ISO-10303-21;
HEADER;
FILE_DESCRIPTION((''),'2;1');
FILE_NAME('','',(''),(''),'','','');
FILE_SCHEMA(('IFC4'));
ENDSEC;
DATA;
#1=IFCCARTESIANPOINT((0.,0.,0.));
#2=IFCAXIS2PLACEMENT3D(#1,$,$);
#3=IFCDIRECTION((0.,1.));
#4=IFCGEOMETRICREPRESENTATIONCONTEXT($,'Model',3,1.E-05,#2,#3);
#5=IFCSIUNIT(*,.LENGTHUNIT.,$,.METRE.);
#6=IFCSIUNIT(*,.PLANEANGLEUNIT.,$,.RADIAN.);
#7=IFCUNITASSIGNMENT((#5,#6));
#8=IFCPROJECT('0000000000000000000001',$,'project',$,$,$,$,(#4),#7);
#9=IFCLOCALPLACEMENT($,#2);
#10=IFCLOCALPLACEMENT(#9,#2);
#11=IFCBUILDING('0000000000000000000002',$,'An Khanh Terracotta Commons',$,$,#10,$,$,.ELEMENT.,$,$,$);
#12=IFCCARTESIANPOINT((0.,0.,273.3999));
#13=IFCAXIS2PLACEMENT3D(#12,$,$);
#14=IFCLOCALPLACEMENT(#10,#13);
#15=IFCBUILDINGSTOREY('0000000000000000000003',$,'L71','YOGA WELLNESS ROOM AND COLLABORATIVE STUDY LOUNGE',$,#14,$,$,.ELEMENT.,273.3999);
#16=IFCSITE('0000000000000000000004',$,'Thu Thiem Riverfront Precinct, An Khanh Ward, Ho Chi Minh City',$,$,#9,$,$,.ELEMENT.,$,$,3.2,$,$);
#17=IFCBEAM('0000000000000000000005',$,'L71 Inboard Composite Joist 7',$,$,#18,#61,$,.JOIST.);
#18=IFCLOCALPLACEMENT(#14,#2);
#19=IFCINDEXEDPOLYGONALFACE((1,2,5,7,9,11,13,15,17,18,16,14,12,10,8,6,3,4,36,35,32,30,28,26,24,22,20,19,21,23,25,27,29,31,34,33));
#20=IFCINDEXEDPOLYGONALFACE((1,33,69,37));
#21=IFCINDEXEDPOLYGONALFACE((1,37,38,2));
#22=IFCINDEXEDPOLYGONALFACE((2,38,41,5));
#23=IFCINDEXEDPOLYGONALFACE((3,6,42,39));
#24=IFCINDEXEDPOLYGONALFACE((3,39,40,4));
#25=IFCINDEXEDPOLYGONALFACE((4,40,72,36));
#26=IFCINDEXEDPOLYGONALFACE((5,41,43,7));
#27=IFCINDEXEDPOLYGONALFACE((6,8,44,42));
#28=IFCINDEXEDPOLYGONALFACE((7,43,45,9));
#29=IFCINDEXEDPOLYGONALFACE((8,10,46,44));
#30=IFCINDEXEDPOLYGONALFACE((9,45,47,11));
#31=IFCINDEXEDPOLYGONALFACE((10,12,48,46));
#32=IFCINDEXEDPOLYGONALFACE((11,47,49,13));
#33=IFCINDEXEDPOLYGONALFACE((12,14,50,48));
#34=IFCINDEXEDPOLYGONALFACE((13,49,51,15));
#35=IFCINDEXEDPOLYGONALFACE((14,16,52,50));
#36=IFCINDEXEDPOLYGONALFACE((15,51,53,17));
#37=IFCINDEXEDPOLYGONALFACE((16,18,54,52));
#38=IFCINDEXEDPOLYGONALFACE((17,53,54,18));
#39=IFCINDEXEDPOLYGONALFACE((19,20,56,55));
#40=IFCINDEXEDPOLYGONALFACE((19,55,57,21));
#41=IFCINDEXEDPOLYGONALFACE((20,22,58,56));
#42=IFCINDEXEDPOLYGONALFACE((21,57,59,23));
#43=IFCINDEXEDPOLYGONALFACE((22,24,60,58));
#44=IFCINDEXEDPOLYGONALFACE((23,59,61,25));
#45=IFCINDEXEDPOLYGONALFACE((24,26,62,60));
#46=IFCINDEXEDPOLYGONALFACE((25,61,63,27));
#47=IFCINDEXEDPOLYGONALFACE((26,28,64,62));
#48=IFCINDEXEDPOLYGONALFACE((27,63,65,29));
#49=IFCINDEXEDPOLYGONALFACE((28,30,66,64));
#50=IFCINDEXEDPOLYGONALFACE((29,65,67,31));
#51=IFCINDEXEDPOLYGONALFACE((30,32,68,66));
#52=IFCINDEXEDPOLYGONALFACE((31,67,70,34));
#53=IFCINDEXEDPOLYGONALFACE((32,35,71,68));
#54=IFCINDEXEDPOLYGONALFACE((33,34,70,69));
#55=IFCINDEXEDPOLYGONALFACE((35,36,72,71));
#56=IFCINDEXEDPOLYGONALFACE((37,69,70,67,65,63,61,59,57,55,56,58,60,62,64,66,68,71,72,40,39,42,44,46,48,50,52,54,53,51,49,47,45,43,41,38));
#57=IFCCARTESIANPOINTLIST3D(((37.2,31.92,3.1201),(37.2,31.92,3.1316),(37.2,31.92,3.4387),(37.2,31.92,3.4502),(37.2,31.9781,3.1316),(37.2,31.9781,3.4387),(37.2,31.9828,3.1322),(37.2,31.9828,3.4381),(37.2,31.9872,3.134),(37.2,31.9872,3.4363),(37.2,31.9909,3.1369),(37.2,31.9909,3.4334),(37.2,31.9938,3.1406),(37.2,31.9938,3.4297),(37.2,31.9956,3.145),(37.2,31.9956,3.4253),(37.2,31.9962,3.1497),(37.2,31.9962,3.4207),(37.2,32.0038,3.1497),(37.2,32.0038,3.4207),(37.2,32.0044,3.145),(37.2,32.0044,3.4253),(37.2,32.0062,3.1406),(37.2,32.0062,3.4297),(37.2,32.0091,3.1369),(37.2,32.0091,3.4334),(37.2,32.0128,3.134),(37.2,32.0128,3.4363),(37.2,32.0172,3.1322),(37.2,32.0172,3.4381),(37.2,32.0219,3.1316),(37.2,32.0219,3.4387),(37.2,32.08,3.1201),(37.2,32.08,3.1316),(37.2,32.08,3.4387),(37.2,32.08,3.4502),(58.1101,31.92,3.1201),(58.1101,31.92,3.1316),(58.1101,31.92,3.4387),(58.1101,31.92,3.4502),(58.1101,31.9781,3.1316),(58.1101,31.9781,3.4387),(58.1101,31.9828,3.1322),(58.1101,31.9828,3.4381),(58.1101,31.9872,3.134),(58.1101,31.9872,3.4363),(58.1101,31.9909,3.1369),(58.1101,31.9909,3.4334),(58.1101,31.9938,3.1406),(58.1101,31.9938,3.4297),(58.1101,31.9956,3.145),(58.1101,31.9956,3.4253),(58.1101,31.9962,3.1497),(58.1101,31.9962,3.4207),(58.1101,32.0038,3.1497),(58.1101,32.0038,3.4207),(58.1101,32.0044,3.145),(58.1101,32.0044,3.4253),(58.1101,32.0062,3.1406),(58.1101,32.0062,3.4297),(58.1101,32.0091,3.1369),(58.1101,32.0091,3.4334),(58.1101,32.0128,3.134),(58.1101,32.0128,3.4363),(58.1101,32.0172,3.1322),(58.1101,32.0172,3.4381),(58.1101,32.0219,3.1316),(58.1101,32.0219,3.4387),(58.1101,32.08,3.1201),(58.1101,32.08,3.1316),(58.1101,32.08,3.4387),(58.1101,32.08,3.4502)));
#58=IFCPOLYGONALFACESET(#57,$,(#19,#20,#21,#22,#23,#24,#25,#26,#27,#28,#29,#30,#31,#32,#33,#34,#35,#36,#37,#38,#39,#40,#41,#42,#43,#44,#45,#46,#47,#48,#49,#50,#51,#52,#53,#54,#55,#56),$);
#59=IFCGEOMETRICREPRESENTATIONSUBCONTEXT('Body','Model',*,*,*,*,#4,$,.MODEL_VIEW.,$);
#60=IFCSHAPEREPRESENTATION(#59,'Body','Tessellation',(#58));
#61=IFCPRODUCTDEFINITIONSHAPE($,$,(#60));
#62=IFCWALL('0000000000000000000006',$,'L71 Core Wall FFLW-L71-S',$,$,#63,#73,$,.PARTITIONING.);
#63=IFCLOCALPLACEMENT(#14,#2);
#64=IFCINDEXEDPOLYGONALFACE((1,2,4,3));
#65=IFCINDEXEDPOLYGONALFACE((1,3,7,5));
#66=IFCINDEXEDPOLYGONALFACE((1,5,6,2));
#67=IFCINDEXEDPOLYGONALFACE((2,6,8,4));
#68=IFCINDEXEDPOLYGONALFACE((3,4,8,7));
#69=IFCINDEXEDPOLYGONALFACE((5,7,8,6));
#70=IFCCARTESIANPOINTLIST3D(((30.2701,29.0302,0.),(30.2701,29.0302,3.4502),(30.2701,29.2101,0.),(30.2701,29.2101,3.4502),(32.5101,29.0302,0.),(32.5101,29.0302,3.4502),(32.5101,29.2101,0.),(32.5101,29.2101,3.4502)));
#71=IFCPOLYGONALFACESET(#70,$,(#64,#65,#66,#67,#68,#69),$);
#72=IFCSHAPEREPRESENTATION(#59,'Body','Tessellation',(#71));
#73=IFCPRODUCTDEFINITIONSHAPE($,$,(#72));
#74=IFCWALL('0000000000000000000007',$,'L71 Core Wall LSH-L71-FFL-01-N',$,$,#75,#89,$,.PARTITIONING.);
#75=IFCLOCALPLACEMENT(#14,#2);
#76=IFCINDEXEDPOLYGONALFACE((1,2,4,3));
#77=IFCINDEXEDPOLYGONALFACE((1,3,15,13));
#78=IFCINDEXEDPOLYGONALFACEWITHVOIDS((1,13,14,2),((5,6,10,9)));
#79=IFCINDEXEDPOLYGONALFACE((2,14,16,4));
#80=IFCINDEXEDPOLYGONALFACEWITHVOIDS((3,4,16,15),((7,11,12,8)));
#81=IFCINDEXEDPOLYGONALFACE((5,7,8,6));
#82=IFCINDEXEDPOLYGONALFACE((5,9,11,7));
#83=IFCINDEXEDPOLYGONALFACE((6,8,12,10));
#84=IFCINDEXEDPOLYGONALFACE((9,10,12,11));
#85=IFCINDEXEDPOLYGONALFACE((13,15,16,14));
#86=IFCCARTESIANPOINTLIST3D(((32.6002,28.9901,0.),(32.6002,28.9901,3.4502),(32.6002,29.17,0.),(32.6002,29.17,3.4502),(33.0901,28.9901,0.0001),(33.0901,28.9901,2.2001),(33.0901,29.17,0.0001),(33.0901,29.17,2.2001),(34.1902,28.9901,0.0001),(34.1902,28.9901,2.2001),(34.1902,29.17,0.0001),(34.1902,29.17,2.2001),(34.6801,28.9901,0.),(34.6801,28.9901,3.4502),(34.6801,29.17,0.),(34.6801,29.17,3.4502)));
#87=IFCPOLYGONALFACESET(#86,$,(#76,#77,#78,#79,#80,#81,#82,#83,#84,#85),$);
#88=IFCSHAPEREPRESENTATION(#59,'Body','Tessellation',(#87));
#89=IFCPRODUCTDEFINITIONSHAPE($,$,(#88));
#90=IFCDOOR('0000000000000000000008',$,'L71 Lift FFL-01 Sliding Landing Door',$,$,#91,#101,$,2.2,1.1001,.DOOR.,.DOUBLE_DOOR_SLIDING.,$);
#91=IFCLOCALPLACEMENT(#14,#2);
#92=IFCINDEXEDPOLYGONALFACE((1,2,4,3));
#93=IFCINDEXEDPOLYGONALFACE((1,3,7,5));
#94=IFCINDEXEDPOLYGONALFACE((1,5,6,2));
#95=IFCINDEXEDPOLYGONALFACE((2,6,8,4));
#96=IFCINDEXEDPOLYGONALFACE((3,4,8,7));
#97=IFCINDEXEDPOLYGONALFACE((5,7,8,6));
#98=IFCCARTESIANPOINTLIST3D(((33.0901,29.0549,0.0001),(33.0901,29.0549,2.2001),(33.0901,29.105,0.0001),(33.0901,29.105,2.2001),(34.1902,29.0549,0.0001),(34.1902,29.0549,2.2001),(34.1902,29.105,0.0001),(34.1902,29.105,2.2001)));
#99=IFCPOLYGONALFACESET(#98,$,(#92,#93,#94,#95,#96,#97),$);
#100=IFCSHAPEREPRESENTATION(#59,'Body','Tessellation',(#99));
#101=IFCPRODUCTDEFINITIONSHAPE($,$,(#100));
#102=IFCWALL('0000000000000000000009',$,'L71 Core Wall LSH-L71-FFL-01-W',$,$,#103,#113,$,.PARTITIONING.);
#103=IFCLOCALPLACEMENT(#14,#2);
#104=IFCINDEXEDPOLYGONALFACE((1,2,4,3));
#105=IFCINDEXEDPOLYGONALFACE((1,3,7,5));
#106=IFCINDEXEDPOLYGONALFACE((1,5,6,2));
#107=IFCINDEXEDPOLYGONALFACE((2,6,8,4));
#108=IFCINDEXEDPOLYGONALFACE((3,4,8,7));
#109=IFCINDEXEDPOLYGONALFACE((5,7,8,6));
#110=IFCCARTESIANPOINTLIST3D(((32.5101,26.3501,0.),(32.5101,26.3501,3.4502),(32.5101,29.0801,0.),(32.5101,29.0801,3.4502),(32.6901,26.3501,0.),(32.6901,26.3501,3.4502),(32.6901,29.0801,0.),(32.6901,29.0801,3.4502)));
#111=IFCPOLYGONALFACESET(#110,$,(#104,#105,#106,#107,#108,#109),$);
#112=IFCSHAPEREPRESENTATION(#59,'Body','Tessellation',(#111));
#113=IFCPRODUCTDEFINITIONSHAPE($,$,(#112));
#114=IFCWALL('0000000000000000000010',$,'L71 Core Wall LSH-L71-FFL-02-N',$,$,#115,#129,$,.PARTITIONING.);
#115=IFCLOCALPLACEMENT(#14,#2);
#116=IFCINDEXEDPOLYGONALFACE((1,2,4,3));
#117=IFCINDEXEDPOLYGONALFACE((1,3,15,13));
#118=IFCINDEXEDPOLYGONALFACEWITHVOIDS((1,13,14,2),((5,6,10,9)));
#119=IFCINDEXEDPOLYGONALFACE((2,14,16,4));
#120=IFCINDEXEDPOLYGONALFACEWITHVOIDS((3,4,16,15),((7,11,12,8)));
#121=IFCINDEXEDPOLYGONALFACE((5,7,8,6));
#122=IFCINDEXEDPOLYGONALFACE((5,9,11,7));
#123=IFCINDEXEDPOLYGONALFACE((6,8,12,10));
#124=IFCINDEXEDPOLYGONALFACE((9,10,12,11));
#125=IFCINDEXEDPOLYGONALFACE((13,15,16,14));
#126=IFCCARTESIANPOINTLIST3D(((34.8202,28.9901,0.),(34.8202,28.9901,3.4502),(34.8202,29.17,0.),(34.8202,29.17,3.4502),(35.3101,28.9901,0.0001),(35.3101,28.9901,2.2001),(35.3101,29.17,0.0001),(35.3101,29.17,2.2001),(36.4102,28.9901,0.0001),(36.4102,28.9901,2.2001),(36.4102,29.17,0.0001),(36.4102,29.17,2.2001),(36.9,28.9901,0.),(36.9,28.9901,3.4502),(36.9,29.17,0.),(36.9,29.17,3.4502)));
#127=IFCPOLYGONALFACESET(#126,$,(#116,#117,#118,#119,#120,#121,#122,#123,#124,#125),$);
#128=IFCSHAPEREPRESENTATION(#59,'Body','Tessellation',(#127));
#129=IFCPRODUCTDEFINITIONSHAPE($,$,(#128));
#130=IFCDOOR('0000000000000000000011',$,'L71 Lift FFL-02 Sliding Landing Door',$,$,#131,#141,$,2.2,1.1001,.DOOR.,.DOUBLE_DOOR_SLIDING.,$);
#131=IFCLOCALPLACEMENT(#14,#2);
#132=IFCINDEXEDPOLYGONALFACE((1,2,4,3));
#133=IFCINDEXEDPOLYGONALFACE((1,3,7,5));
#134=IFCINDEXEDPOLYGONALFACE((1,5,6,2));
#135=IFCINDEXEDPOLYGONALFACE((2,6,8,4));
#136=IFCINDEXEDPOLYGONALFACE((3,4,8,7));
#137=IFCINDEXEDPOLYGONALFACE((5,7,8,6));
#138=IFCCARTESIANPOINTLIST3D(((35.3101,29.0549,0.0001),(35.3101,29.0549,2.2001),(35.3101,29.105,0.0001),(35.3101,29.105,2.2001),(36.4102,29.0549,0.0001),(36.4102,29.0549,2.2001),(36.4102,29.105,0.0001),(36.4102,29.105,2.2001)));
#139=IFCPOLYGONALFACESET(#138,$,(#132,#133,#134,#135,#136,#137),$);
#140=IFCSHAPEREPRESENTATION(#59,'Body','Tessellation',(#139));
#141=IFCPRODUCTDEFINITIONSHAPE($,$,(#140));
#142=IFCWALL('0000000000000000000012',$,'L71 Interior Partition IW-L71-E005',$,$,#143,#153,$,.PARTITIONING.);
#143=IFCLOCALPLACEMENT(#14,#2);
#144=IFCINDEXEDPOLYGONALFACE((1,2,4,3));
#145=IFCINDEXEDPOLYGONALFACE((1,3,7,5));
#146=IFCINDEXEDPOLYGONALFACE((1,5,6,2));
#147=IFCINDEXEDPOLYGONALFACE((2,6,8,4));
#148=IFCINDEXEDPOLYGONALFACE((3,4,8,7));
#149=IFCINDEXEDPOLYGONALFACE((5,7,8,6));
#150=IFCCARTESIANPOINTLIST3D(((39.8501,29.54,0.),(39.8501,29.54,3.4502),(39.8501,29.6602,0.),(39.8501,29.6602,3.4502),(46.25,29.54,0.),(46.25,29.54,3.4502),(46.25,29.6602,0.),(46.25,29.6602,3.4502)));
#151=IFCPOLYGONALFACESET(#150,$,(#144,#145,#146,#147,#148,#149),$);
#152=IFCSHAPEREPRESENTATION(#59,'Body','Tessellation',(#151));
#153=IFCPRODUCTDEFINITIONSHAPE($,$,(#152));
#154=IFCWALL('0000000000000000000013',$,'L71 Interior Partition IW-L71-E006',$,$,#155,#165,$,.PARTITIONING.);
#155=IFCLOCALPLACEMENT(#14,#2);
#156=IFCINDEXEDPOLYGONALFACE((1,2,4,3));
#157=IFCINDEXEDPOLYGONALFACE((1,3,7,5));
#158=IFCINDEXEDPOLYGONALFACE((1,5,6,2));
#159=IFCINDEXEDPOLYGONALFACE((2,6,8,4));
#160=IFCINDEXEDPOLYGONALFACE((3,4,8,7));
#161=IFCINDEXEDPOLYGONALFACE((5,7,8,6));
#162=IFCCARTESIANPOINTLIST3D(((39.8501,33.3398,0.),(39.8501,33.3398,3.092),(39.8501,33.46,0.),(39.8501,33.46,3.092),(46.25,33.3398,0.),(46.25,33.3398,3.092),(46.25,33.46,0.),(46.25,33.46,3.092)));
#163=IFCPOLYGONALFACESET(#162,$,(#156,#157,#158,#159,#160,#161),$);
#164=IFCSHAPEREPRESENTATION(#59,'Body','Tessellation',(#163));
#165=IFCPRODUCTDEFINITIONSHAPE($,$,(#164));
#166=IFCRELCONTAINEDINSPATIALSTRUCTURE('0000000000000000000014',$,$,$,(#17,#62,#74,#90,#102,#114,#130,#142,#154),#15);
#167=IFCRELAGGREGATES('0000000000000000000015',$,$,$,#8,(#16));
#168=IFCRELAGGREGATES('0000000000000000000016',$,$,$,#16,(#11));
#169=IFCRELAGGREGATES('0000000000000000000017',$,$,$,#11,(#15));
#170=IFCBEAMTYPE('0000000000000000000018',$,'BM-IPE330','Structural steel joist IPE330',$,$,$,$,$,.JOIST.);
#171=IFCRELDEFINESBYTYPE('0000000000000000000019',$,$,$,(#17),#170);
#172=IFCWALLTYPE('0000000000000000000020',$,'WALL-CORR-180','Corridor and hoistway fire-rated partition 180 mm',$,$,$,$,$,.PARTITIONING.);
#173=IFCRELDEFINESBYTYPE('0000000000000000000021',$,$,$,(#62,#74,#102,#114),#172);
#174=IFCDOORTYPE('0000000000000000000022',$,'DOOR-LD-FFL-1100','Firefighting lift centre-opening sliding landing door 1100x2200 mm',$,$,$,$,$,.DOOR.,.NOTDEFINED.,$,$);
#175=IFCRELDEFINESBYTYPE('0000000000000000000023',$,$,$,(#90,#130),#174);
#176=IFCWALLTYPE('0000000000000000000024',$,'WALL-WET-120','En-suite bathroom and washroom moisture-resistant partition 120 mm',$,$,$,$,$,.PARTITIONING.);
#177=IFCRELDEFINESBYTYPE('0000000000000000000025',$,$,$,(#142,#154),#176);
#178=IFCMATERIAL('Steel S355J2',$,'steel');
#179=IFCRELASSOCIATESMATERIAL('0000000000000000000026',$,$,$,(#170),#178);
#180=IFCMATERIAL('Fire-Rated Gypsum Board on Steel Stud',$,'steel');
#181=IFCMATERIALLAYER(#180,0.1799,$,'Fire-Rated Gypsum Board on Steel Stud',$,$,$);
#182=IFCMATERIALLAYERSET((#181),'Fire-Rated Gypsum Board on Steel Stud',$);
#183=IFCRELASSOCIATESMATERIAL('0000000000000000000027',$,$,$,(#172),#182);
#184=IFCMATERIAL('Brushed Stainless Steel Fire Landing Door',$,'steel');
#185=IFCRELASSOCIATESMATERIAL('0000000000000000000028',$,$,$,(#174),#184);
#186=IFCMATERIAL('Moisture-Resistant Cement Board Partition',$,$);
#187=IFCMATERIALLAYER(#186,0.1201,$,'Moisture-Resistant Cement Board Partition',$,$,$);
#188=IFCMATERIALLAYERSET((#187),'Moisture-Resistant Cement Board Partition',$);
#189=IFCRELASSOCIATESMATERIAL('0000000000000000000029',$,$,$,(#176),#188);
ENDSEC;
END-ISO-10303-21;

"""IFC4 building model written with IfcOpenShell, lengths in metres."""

from ifc_helpers import new_model, si_unit, direction, frame, frame_2d, origin, origin_2d, place, context, subcontext, project, spatial, rectangle, i_section, extrude, material, layer, layer_set, material_profile, profile_set, type_object, element, fill, save


model = new_model("IFC4")

# Units and contexts
model_context = context("Model", 3, precision=1e-05, world=origin(), true_north=direction((0.0, 1.0)))
body_context = subcontext(model_context, "Body", "Model", "MODEL_VIEW")
ifc_project = project(units=[si_unit("LENGTHUNIT", "METRE"), si_unit("PLANEANGLEUNIT", "RADIAN")], contexts=[model_context])

# Site, building, storey
site_placement = place(None, origin())
site = spatial("IfcSite", under=ifc_project, at=site_placement, Name="Thu Thiem Riverfront Precinct, An Khanh Ward, Ho Chi Minh City", CompositionType="ELEMENT", RefElevation=3.2)
building_placement = place(site_placement, origin())
building = spatial("IfcBuilding", under=site, at=building_placement, Name="An Khanh Terracotta Commons", CompositionType="ELEMENT")
storey_placement = place(building_placement, frame((0.0, 0.0, 273.3999)))
storey = spatial("IfcBuildingStorey", under=building, at=storey_placement, Name="L71", Description="YOGA WELLNESS ROOM AND COLLABORATIVE STUDY LOUNGE", CompositionType="ELEMENT", Elevation=273.3999)

# Beam
ifc_material_1 = material(Name="Steel S355J2", Category="steel")
ifc_material_profile_1 = material_profile(ifc_material_1, i_section(OverallWidth=0.1599, OverallDepth=0.3301, WebThickness=0.0076, FlangeThickness=0.0115, FilletRadius=0.0181, at=origin_2d()), Name="IPE330")
ifc_profile_set_1 = profile_set([ifc_material_profile_1], Name="Steel S355J2")
beam_type_1 = type_object("IfcBeamType", Name="BM-IPE330", Description="Structural steel joist IPE330", PredefinedType="JOIST", material=ifc_profile_set_1)
for number, where, z_axis, x_axis, name in (
    (1, (37.2, 32.0, 3.2852), (1.0, 0.0, 0.0), (0.0, 1.0, 0.0), "L71 Inboard Composite Joist 7"),
):
    element("IfcBeam", number, at=place(storey_placement, frame(where, z_axis=z_axis, x_axis=x_axis)), inside=storey, type_object=beam_type_1, Name=name, PredefinedType="JOIST", context=body_context, shape_type="SweptSolid", body=[
        extrude(i_section(OverallWidth=0.1599, OverallDepth=0.3301, WebThickness=0.0076, FlangeThickness=0.0115, FilletRadius=0.0181, at=origin_2d()), origin(), (0.0, 0.0, 1.0), 20.9102),
    ])

# Wall
ifc_material_2 = material(Name="Fire-Rated Gypsum Board on Steel Stud", Category="steel")
ifc_layer_1 = layer(ifc_material_2, 0.1799, Name="Fire-Rated Gypsum Board on Steel Stud")
ifc_layer_set_1 = layer_set([ifc_layer_1], Name="Fire-Rated Gypsum Board on Steel Stud")
wall_type_1 = type_object("IfcWallType", Name="WALL-CORR-180", Description="Corridor and hoistway fire-rated partition 180 mm", PredefinedType="PARTITIONING", material=ifc_layer_set_1)
wall_1_placement = place(storey_placement, frame((30.27, 29.1201, 0.0), z_axis=(0.0, 0.0, 1.0), x_axis=(1.0, 0.0, 0.0)))
element("IfcWall", 2, at=wall_1_placement, inside=storey, type_object=wall_type_1, Name="L71 Core Wall FFLW-L71-S", PredefinedType="PARTITIONING", context=body_context, shape_type="SweptSolid", body=[
    extrude(rectangle(XDim=2.24, YDim=0.1799, at=frame_2d((1.1201, 0.0))), origin(), (0.0, 0.0, 1.0), 3.4502),
])

# Wall, opening, door
wall_2_placement = place(storey_placement, frame((32.6001, 29.0801, 0.0), z_axis=(0.0, 0.0, 1.0), x_axis=(1.0, 0.0, 0.0)))
wall_2 = element("IfcWall", 3, at=wall_2_placement, inside=storey, type_object=wall_type_1, Name="L71 Core Wall LSH-L71-FFL-01-N", PredefinedType="PARTITIONING", context=body_context, shape_type="SweptSolid", body=[
    extrude(rectangle(XDim=2.0798, YDim=0.1799, at=frame_2d((1.04, 0.0))), origin(), (0.0, 0.0, 1.0), 3.4502),
])
opening_1_placement = place(wall_2_placement, frame((0.49, 0.0, 0.0)))
opening_1 = element("IfcOpeningElement", 4, at=opening_1_placement, cuts=wall_2, PredefinedType="OPENING", context=body_context, shape_type="SweptSolid", body=[
    extrude(rectangle(XDim=1.1001, YDim=2.2, at=frame_2d((0.55, 1.1001))), frame((0.0, 0.0999, 0.0), z_axis=(0.0, -1.0, 0.0), x_axis=(1.0, 0.0, 0.0)), (0.0, 0.0, 1.0), 0.2),
])
ifc_material_3 = material(Name="Brushed Stainless Steel Fire Landing Door", Category="steel")
door_type_1 = type_object("IfcDoorType", Name="DOOR-LD-FFL-1100", Description="Firefighting lift centre-opening sliding landing door 1100x2200 mm", OperationType="NOTDEFINED", PredefinedType="DOOR", material=ifc_material_3)
door_1_placement = place(opening_1_placement, origin())
door_1 = element("IfcDoor", 5, at=door_1_placement, inside=storey, type_object=door_type_1, Name="L71 Lift FFL-01 Sliding Landing Door", OperationType="DOUBLE_DOOR_SLIDING", OverallHeight=2.2, OverallWidth=1.1001, PredefinedType="DOOR", context=body_context, shape_type="SweptSolid", body=[
    extrude(rectangle(XDim=1.1001, YDim=2.2, at=frame_2d((0.55, 1.1001))), frame((0.0, 0.0249, 0.0), z_axis=(0.0, -1.0, 0.0), x_axis=(1.0, 0.0, 0.0)), (0.0, 0.0, 1.0), 0.05),
])
fill(opening_1, door_1)

# Wall
wall_3_placement = place(storey_placement, frame((32.6001, 29.0801, 0.0), z_axis=(0.0, 0.0, 1.0), x_axis=(0.0, -1.0, 0.0)))
element("IfcWall", 6, at=wall_3_placement, inside=storey, type_object=wall_type_1, Name="L71 Core Wall LSH-L71-FFL-01-W", PredefinedType="PARTITIONING", context=body_context, shape_type="SweptSolid", body=[
    extrude(rectangle(XDim=2.73, YDim=0.1799, at=frame_2d((1.365, 0.0))), origin(), (0.0, 0.0, 1.0), 3.4502),
])

# Wall, opening, door
wall_4_placement = place(storey_placement, frame((34.8201, 29.0801, 0.0), z_axis=(0.0, 0.0, 1.0), x_axis=(1.0, 0.0, 0.0)))
wall_4 = element("IfcWall", 7, at=wall_4_placement, inside=storey, type_object=wall_type_1, Name="L71 Core Wall LSH-L71-FFL-02-N", PredefinedType="PARTITIONING", context=body_context, shape_type="SweptSolid", body=[
    extrude(rectangle(XDim=2.0798, YDim=0.1799, at=frame_2d((1.04, 0.0))), origin(), (0.0, 0.0, 1.0), 3.4502),
])
opening_2_placement = place(wall_4_placement, frame((0.49, 0.0, 0.0)))
opening_2 = element("IfcOpeningElement", 8, at=opening_2_placement, cuts=wall_4, PredefinedType="OPENING", context=body_context, shape_type="SweptSolid", body=[
    extrude(rectangle(XDim=1.1001, YDim=2.2, at=frame_2d((0.55, 1.1001))), frame((0.0, 0.0999, 0.0), z_axis=(0.0, -1.0, 0.0), x_axis=(1.0, 0.0, 0.0)), (0.0, 0.0, 1.0), 0.2),
])
door_2_placement = place(opening_2_placement, origin())
door_2 = element("IfcDoor", 9, at=door_2_placement, inside=storey, type_object=door_type_1, Name="L71 Lift FFL-02 Sliding Landing Door", OperationType="DOUBLE_DOOR_SLIDING", OverallHeight=2.2, OverallWidth=1.1001, PredefinedType="DOOR", context=body_context, shape_type="SweptSolid", body=[
    extrude(rectangle(XDim=1.1001, YDim=2.2, at=frame_2d((0.55, 1.1001))), frame((0.0, 0.0249, 0.0), z_axis=(0.0, -1.0, 0.0), x_axis=(1.0, 0.0, 0.0)), (0.0, 0.0, 1.0), 0.05),
])
fill(opening_2, door_2)

# Walls
ifc_material_4 = material(Name="Moisture-Resistant Cement Board Partition")
ifc_layer_2 = layer(ifc_material_4, 0.1201, Name="Moisture-Resistant Cement Board Partition")
ifc_layer_set_2 = layer_set([ifc_layer_2], Name="Moisture-Resistant Cement Board Partition")
wall_type_2 = type_object("IfcWallType", Name="WALL-WET-120", Description="En-suite bathroom and washroom moisture-resistant partition 120 mm", PredefinedType="PARTITIONING", material=ifc_layer_set_2)
wall_5_placement = place(storey_placement, frame((39.8501, 29.6001, 0.0), z_axis=(0.0, 0.0, 1.0), x_axis=(1.0, 0.0, 0.0)))
element("IfcWall", 10, at=wall_5_placement, inside=storey, type_object=wall_type_2, Name="L71 Interior Partition IW-L71-E005", PredefinedType="PARTITIONING", context=body_context, shape_type="SweptSolid", body=[
    extrude(rectangle(XDim=6.3999, YDim=0.1201, at=frame_2d((3.2, 0.0))), origin(), (0.0, 0.0, 1.0), 3.4502),
])
wall_6_placement = place(storey_placement, frame((39.8501, 33.3999, 0.0), z_axis=(0.0, 0.0, 1.0), x_axis=(1.0, 0.0, 0.0)))
element("IfcWall", 11, at=wall_6_placement, inside=storey, type_object=wall_type_2, Name="L71 Interior Partition IW-L71-E006", PredefinedType="PARTITIONING", context=body_context, shape_type="SweptSolid", body=[
    extrude(rectangle(XDim=6.3999, YDim=0.1201, at=frame_2d((3.2, 0.0))), origin(), (0.0, 0.0, 1.0), 3.092),
])

save(model, "model.ifc")
